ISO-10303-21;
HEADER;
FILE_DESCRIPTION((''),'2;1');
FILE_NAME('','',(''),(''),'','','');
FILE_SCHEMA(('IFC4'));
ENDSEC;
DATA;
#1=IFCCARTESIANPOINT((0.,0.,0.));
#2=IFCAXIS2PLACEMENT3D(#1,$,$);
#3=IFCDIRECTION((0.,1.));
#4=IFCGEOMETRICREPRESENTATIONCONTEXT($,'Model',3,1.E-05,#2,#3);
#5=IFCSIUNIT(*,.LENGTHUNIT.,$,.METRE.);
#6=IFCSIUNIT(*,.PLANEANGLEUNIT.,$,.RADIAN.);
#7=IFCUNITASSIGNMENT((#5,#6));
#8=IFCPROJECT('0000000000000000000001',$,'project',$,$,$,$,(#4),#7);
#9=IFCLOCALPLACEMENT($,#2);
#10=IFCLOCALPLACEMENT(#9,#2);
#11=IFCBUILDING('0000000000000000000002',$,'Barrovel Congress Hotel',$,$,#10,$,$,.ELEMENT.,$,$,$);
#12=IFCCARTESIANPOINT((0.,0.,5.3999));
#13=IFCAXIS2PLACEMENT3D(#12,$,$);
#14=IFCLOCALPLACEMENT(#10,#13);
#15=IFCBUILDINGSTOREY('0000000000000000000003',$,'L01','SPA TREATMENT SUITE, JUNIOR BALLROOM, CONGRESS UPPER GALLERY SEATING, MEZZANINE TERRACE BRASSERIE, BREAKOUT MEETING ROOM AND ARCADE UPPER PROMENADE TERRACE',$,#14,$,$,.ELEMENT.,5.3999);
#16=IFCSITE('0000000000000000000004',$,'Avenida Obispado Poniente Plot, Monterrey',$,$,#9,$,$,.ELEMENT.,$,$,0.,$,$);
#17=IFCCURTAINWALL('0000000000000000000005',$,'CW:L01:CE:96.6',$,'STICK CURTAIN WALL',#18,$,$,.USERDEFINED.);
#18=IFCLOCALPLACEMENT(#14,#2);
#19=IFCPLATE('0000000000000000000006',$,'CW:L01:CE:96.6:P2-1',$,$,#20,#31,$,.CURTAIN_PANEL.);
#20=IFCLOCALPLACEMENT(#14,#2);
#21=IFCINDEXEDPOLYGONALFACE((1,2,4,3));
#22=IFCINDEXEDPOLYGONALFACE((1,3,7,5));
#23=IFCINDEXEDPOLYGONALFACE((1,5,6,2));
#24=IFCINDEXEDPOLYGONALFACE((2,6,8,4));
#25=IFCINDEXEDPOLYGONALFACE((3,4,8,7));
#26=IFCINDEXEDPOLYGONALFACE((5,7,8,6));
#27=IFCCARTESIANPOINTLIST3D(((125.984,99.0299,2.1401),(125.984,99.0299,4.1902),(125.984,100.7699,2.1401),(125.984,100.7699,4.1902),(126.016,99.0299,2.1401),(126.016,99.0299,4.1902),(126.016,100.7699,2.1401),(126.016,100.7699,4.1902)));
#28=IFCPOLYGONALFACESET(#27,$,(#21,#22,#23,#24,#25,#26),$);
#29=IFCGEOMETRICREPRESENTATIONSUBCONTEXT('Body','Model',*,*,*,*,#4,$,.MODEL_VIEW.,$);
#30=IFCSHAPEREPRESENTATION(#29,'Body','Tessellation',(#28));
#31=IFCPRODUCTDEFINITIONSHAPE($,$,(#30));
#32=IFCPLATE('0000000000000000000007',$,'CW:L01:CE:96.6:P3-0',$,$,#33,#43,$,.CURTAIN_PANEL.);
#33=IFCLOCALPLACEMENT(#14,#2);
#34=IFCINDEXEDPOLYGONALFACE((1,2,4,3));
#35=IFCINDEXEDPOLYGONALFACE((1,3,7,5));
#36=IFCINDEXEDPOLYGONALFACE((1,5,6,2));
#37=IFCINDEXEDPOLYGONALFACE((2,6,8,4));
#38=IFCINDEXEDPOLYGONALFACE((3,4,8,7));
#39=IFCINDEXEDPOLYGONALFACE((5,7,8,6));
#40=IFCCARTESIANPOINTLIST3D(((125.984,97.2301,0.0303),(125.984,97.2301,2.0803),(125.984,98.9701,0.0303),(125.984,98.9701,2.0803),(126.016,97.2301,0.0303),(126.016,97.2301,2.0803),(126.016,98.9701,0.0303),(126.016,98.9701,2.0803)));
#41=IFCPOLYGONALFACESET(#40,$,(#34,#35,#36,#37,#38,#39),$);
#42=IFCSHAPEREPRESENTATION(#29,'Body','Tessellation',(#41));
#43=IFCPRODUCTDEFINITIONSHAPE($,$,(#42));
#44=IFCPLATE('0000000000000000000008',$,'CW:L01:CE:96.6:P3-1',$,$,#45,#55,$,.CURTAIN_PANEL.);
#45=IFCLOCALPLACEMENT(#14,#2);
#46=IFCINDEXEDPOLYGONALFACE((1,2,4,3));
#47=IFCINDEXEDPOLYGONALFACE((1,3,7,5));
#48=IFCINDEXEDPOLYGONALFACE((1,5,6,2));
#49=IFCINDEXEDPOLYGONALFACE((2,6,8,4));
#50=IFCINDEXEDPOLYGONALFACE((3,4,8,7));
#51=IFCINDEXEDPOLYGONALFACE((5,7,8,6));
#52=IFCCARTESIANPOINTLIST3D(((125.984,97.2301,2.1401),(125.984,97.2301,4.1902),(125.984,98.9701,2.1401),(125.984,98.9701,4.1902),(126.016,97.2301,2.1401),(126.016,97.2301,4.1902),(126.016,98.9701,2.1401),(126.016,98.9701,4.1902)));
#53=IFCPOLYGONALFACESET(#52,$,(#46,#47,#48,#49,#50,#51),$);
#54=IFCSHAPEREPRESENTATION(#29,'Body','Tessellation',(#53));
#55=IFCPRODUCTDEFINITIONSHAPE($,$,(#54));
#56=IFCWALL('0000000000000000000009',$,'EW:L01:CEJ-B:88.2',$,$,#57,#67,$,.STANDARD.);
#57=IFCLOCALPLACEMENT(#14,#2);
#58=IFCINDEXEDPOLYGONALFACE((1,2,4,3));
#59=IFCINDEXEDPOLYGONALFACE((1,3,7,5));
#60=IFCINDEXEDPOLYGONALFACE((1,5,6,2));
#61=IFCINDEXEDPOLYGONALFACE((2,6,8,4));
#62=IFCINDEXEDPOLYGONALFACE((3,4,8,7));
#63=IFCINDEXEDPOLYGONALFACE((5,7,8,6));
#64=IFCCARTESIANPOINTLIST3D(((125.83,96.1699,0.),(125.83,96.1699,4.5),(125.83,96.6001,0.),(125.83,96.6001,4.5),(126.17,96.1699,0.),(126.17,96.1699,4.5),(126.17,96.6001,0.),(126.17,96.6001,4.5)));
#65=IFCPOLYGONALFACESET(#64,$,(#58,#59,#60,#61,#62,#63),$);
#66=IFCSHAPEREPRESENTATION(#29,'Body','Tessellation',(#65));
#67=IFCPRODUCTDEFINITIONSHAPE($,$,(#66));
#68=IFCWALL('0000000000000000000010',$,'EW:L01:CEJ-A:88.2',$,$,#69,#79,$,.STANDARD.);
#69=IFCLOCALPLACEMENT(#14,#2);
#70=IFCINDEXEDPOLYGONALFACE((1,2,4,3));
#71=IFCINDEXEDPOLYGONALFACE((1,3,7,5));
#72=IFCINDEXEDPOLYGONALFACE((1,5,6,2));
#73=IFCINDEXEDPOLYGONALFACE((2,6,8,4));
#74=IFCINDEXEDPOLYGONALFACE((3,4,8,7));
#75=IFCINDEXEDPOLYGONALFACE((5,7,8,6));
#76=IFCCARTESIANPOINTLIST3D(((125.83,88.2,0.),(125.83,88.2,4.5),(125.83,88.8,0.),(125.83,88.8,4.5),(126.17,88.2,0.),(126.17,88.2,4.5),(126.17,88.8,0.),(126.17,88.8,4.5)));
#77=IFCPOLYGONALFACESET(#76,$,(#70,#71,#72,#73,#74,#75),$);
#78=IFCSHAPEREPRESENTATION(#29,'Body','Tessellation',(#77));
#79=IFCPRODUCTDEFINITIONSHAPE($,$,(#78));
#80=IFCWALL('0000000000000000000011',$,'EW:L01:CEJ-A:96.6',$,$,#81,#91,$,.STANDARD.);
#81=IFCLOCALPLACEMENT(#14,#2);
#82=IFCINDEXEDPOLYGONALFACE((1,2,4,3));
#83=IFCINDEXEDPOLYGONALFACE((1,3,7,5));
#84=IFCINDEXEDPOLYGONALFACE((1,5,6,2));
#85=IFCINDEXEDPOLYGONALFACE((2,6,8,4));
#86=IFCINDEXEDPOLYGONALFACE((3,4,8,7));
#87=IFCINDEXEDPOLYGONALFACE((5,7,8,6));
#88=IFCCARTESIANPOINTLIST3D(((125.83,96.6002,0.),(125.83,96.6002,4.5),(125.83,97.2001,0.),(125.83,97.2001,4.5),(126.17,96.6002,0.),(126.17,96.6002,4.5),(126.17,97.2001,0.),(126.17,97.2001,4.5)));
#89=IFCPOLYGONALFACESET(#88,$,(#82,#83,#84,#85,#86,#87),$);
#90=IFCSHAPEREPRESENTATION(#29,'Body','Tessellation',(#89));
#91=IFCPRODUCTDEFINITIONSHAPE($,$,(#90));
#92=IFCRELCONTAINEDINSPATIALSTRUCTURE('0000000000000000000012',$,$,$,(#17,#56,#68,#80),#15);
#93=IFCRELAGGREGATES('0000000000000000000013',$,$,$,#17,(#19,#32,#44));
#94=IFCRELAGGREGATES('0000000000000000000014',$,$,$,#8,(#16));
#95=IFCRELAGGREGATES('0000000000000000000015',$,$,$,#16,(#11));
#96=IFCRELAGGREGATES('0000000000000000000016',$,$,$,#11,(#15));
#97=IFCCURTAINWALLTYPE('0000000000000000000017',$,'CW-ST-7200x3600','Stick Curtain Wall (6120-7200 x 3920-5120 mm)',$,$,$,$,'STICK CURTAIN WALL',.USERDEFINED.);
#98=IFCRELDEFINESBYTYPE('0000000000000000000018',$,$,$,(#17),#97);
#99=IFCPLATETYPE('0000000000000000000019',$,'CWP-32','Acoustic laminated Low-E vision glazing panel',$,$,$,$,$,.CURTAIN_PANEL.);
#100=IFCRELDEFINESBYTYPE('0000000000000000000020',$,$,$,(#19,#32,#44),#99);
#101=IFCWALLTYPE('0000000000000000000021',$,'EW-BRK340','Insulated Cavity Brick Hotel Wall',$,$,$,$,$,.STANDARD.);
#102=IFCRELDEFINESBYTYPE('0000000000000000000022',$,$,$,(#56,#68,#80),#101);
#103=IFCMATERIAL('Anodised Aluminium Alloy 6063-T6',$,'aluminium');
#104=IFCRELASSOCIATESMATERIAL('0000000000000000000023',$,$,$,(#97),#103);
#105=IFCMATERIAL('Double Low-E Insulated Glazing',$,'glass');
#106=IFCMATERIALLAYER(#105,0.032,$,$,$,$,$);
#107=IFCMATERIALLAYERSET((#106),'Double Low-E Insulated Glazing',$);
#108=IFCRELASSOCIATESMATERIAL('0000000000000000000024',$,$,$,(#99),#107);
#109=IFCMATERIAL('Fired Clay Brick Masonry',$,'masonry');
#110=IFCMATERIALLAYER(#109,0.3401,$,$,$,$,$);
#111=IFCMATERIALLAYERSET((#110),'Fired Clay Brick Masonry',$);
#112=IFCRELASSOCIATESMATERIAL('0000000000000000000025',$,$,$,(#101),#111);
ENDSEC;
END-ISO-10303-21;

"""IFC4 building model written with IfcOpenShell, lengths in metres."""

from ifc_helpers import new_model, si_unit, direction, frame, frame_2d, origin, origin_2d, place, context, subcontext, project, spatial, rectangle, extrude, material, layer, layer_set, type_object, element, aggregate, save


model = new_model("IFC4")

# Units and contexts
model_context = context("Model", 3, precision=1e-05, world=origin(), true_north=direction((0.0, 1.0)))
body_context = subcontext(model_context, "Body", "Model", "MODEL_VIEW")
ifc_project = project(units=[si_unit("LENGTHUNIT", "METRE"), si_unit("PLANEANGLEUNIT", "RADIAN")], contexts=[model_context])

# Site, building, storey
site_placement = place(None, origin())
site = spatial("IfcSite", under=ifc_project, at=site_placement, Name="Avenida Obispado Poniente Plot, Monterrey", CompositionType="ELEMENT", RefElevation=0.0)
building_placement = place(site_placement, origin())
building = spatial("IfcBuilding", under=site, at=building_placement, Name="Barrovel Congress Hotel", CompositionType="ELEMENT")
storey_placement = place(building_placement, frame((0.0, 0.0, 5.3999)))
storey = spatial("IfcBuildingStorey", under=building, at=storey_placement, Name="L01", Description="SPA TREATMENT SUITE, JUNIOR BALLROOM, CONGRESS UPPER GALLERY SEATING, MEZZANINE TERRACE BRASSERIE, BREAKOUT MEETING ROOM AND ARCADE UPPER PROMENADE TERRACE", CompositionType="ELEMENT", Elevation=5.3999)

# Curtain wall
ifc_material_1 = material(Name="Anodised Aluminium Alloy 6063-T6", Category="aluminium")
curtain_wall_type = type_object("IfcCurtainWallType", Name="CW-ST-7200x3600", Description="Stick Curtain Wall (6120-7200 x 3920-5120 mm)", ElementType="STICK CURTAIN WALL", PredefinedType="USERDEFINED", material=ifc_material_1)
curtain_wall_1_placement = place(storey_placement, origin())
curtain_wall_1 = element("IfcCurtainWall", 1, at=curtain_wall_1_placement, inside=storey, type_object=curtain_wall_type, Name="CW:L01:CE:96.6", ObjectType="STICK CURTAIN WALL", PredefinedType="USERDEFINED")

# Plates
ifc_material_2 = material(Name="Double Low-E Insulated Glazing", Category="glass")
ifc_layer_1 = layer(ifc_material_2, 0.032)
ifc_layer_set_1 = layer_set([ifc_layer_1], Name="Double Low-E Insulated Glazing")
plate_type_1 = type_object("IfcPlateType", Name="CWP-32", Description="Acoustic laminated Low-E vision glazing panel", PredefinedType="CURTAIN_PANEL", material=ifc_layer_set_1)
plate_1_placement = place(storey_placement, frame((126.0, 99.8999, 2.1401), z_axis=(0.0, 0.0, 1.0), x_axis=(0.0, -1.0, 0.0)))
plate_1 = element("IfcPlate", 2, at=plate_1_placement, type_object=plate_type_1, Name="CW:L01:CE:96.6:P2-1", PredefinedType="CURTAIN_PANEL", context=body_context, shape_type="SweptSolid", body=[
    extrude(rectangle(XDim=1.74, YDim=0.032, at=origin_2d()), origin(), (0.0, 0.0, 1.0), 2.05),
])
plate_2_placement = place(storey_placement, frame((126.0, 98.1001, 0.0303), z_axis=(0.0, 0.0, 1.0), x_axis=(0.0, -1.0, 0.0)))
plate_2 = element("IfcPlate", 3, at=plate_2_placement, type_object=plate_type_1, Name="CW:L01:CE:96.6:P3-0", PredefinedType="CURTAIN_PANEL", context=body_context, shape_type="SweptSolid", body=[
    extrude(rectangle(XDim=1.74, YDim=0.032, at=origin_2d()), origin(), (0.0, 0.0, 1.0), 2.05),
])
plate_3_placement = place(storey_placement, frame((126.0, 98.1001, 2.1401), z_axis=(0.0, 0.0, 1.0), x_axis=(0.0, -1.0, 0.0)))
plate_3 = element("IfcPlate", 4, at=plate_3_placement, type_object=plate_type_1, Name="CW:L01:CE:96.6:P3-1", PredefinedType="CURTAIN_PANEL", context=body_context, shape_type="SweptSolid", body=[
    extrude(rectangle(XDim=1.74, YDim=0.032, at=origin_2d()), origin(), (0.0, 0.0, 1.0), 2.05),
])
aggregate(curtain_wall_1, [plate_1, plate_2, plate_3])

# Walls
ifc_material_3 = material(Name="Fired Clay Brick Masonry", Category="masonry")
ifc_layer_2 = layer(ifc_material_3, 0.3401)
ifc_layer_set_2 = layer_set([ifc_layer_2], Name="Fired Clay Brick Masonry")
wall_type = type_object("IfcWallType", Name="EW-BRK340", Description="Insulated Cavity Brick Hotel Wall", PredefinedType="STANDARD", material=ifc_layer_set_2)
wall_1_placement = place(storey_placement, frame((126.0, 96.6001, 0.0), z_axis=(0.0, 0.0, 1.0), x_axis=(0.0, -1.0, 0.0)))
element("IfcWall", 5, at=wall_1_placement, inside=storey, type_object=wall_type, Name="EW:L01:CEJ-B:88.2", PredefinedType="STANDARD", context=body_context, shape_type="SweptSolid", body=[
    extrude(rectangle(XDim=0.4302, YDim=0.3401, at=frame_2d((0.2151, 0.0))), origin(), (0.0, 0.0, 1.0), 4.5),
])
wall_2_placement = place(storey_placement, frame((126.0, 88.8, 0.0), z_axis=(0.0, 0.0, 1.0), x_axis=(0.0, -1.0, 0.0)))
element("IfcWall", 6, at=wall_2_placement, inside=storey, type_object=wall_type, Name="EW:L01:CEJ-A:88.2", PredefinedType="STANDARD", context=body_context, shape_type="SweptSolid", body=[
    extrude(rectangle(XDim=0.6001, YDim=0.3401, at=frame_2d((0.3, 0.0))), origin(), (0.0, 0.0, 1.0), 4.5),
])
wall_3_placement = place(storey_placement, frame((126.0, 97.2, 0.0), z_axis=(0.0, 0.0, 1.0), x_axis=(0.0, -1.0, 0.0)))
element("IfcWall", 7, at=wall_3_placement, inside=storey, type_object=wall_type, Name="EW:L01:CEJ-A:96.6", PredefinedType="STANDARD", context=body_context, shape_type="SweptSolid", body=[
    extrude(rectangle(XDim=0.5999, YDim=0.3401, at=frame_2d((0.2998, 0.0))), origin(), (0.0, 0.0, 1.0), 4.5),
])

save(model, "model.ifc")
